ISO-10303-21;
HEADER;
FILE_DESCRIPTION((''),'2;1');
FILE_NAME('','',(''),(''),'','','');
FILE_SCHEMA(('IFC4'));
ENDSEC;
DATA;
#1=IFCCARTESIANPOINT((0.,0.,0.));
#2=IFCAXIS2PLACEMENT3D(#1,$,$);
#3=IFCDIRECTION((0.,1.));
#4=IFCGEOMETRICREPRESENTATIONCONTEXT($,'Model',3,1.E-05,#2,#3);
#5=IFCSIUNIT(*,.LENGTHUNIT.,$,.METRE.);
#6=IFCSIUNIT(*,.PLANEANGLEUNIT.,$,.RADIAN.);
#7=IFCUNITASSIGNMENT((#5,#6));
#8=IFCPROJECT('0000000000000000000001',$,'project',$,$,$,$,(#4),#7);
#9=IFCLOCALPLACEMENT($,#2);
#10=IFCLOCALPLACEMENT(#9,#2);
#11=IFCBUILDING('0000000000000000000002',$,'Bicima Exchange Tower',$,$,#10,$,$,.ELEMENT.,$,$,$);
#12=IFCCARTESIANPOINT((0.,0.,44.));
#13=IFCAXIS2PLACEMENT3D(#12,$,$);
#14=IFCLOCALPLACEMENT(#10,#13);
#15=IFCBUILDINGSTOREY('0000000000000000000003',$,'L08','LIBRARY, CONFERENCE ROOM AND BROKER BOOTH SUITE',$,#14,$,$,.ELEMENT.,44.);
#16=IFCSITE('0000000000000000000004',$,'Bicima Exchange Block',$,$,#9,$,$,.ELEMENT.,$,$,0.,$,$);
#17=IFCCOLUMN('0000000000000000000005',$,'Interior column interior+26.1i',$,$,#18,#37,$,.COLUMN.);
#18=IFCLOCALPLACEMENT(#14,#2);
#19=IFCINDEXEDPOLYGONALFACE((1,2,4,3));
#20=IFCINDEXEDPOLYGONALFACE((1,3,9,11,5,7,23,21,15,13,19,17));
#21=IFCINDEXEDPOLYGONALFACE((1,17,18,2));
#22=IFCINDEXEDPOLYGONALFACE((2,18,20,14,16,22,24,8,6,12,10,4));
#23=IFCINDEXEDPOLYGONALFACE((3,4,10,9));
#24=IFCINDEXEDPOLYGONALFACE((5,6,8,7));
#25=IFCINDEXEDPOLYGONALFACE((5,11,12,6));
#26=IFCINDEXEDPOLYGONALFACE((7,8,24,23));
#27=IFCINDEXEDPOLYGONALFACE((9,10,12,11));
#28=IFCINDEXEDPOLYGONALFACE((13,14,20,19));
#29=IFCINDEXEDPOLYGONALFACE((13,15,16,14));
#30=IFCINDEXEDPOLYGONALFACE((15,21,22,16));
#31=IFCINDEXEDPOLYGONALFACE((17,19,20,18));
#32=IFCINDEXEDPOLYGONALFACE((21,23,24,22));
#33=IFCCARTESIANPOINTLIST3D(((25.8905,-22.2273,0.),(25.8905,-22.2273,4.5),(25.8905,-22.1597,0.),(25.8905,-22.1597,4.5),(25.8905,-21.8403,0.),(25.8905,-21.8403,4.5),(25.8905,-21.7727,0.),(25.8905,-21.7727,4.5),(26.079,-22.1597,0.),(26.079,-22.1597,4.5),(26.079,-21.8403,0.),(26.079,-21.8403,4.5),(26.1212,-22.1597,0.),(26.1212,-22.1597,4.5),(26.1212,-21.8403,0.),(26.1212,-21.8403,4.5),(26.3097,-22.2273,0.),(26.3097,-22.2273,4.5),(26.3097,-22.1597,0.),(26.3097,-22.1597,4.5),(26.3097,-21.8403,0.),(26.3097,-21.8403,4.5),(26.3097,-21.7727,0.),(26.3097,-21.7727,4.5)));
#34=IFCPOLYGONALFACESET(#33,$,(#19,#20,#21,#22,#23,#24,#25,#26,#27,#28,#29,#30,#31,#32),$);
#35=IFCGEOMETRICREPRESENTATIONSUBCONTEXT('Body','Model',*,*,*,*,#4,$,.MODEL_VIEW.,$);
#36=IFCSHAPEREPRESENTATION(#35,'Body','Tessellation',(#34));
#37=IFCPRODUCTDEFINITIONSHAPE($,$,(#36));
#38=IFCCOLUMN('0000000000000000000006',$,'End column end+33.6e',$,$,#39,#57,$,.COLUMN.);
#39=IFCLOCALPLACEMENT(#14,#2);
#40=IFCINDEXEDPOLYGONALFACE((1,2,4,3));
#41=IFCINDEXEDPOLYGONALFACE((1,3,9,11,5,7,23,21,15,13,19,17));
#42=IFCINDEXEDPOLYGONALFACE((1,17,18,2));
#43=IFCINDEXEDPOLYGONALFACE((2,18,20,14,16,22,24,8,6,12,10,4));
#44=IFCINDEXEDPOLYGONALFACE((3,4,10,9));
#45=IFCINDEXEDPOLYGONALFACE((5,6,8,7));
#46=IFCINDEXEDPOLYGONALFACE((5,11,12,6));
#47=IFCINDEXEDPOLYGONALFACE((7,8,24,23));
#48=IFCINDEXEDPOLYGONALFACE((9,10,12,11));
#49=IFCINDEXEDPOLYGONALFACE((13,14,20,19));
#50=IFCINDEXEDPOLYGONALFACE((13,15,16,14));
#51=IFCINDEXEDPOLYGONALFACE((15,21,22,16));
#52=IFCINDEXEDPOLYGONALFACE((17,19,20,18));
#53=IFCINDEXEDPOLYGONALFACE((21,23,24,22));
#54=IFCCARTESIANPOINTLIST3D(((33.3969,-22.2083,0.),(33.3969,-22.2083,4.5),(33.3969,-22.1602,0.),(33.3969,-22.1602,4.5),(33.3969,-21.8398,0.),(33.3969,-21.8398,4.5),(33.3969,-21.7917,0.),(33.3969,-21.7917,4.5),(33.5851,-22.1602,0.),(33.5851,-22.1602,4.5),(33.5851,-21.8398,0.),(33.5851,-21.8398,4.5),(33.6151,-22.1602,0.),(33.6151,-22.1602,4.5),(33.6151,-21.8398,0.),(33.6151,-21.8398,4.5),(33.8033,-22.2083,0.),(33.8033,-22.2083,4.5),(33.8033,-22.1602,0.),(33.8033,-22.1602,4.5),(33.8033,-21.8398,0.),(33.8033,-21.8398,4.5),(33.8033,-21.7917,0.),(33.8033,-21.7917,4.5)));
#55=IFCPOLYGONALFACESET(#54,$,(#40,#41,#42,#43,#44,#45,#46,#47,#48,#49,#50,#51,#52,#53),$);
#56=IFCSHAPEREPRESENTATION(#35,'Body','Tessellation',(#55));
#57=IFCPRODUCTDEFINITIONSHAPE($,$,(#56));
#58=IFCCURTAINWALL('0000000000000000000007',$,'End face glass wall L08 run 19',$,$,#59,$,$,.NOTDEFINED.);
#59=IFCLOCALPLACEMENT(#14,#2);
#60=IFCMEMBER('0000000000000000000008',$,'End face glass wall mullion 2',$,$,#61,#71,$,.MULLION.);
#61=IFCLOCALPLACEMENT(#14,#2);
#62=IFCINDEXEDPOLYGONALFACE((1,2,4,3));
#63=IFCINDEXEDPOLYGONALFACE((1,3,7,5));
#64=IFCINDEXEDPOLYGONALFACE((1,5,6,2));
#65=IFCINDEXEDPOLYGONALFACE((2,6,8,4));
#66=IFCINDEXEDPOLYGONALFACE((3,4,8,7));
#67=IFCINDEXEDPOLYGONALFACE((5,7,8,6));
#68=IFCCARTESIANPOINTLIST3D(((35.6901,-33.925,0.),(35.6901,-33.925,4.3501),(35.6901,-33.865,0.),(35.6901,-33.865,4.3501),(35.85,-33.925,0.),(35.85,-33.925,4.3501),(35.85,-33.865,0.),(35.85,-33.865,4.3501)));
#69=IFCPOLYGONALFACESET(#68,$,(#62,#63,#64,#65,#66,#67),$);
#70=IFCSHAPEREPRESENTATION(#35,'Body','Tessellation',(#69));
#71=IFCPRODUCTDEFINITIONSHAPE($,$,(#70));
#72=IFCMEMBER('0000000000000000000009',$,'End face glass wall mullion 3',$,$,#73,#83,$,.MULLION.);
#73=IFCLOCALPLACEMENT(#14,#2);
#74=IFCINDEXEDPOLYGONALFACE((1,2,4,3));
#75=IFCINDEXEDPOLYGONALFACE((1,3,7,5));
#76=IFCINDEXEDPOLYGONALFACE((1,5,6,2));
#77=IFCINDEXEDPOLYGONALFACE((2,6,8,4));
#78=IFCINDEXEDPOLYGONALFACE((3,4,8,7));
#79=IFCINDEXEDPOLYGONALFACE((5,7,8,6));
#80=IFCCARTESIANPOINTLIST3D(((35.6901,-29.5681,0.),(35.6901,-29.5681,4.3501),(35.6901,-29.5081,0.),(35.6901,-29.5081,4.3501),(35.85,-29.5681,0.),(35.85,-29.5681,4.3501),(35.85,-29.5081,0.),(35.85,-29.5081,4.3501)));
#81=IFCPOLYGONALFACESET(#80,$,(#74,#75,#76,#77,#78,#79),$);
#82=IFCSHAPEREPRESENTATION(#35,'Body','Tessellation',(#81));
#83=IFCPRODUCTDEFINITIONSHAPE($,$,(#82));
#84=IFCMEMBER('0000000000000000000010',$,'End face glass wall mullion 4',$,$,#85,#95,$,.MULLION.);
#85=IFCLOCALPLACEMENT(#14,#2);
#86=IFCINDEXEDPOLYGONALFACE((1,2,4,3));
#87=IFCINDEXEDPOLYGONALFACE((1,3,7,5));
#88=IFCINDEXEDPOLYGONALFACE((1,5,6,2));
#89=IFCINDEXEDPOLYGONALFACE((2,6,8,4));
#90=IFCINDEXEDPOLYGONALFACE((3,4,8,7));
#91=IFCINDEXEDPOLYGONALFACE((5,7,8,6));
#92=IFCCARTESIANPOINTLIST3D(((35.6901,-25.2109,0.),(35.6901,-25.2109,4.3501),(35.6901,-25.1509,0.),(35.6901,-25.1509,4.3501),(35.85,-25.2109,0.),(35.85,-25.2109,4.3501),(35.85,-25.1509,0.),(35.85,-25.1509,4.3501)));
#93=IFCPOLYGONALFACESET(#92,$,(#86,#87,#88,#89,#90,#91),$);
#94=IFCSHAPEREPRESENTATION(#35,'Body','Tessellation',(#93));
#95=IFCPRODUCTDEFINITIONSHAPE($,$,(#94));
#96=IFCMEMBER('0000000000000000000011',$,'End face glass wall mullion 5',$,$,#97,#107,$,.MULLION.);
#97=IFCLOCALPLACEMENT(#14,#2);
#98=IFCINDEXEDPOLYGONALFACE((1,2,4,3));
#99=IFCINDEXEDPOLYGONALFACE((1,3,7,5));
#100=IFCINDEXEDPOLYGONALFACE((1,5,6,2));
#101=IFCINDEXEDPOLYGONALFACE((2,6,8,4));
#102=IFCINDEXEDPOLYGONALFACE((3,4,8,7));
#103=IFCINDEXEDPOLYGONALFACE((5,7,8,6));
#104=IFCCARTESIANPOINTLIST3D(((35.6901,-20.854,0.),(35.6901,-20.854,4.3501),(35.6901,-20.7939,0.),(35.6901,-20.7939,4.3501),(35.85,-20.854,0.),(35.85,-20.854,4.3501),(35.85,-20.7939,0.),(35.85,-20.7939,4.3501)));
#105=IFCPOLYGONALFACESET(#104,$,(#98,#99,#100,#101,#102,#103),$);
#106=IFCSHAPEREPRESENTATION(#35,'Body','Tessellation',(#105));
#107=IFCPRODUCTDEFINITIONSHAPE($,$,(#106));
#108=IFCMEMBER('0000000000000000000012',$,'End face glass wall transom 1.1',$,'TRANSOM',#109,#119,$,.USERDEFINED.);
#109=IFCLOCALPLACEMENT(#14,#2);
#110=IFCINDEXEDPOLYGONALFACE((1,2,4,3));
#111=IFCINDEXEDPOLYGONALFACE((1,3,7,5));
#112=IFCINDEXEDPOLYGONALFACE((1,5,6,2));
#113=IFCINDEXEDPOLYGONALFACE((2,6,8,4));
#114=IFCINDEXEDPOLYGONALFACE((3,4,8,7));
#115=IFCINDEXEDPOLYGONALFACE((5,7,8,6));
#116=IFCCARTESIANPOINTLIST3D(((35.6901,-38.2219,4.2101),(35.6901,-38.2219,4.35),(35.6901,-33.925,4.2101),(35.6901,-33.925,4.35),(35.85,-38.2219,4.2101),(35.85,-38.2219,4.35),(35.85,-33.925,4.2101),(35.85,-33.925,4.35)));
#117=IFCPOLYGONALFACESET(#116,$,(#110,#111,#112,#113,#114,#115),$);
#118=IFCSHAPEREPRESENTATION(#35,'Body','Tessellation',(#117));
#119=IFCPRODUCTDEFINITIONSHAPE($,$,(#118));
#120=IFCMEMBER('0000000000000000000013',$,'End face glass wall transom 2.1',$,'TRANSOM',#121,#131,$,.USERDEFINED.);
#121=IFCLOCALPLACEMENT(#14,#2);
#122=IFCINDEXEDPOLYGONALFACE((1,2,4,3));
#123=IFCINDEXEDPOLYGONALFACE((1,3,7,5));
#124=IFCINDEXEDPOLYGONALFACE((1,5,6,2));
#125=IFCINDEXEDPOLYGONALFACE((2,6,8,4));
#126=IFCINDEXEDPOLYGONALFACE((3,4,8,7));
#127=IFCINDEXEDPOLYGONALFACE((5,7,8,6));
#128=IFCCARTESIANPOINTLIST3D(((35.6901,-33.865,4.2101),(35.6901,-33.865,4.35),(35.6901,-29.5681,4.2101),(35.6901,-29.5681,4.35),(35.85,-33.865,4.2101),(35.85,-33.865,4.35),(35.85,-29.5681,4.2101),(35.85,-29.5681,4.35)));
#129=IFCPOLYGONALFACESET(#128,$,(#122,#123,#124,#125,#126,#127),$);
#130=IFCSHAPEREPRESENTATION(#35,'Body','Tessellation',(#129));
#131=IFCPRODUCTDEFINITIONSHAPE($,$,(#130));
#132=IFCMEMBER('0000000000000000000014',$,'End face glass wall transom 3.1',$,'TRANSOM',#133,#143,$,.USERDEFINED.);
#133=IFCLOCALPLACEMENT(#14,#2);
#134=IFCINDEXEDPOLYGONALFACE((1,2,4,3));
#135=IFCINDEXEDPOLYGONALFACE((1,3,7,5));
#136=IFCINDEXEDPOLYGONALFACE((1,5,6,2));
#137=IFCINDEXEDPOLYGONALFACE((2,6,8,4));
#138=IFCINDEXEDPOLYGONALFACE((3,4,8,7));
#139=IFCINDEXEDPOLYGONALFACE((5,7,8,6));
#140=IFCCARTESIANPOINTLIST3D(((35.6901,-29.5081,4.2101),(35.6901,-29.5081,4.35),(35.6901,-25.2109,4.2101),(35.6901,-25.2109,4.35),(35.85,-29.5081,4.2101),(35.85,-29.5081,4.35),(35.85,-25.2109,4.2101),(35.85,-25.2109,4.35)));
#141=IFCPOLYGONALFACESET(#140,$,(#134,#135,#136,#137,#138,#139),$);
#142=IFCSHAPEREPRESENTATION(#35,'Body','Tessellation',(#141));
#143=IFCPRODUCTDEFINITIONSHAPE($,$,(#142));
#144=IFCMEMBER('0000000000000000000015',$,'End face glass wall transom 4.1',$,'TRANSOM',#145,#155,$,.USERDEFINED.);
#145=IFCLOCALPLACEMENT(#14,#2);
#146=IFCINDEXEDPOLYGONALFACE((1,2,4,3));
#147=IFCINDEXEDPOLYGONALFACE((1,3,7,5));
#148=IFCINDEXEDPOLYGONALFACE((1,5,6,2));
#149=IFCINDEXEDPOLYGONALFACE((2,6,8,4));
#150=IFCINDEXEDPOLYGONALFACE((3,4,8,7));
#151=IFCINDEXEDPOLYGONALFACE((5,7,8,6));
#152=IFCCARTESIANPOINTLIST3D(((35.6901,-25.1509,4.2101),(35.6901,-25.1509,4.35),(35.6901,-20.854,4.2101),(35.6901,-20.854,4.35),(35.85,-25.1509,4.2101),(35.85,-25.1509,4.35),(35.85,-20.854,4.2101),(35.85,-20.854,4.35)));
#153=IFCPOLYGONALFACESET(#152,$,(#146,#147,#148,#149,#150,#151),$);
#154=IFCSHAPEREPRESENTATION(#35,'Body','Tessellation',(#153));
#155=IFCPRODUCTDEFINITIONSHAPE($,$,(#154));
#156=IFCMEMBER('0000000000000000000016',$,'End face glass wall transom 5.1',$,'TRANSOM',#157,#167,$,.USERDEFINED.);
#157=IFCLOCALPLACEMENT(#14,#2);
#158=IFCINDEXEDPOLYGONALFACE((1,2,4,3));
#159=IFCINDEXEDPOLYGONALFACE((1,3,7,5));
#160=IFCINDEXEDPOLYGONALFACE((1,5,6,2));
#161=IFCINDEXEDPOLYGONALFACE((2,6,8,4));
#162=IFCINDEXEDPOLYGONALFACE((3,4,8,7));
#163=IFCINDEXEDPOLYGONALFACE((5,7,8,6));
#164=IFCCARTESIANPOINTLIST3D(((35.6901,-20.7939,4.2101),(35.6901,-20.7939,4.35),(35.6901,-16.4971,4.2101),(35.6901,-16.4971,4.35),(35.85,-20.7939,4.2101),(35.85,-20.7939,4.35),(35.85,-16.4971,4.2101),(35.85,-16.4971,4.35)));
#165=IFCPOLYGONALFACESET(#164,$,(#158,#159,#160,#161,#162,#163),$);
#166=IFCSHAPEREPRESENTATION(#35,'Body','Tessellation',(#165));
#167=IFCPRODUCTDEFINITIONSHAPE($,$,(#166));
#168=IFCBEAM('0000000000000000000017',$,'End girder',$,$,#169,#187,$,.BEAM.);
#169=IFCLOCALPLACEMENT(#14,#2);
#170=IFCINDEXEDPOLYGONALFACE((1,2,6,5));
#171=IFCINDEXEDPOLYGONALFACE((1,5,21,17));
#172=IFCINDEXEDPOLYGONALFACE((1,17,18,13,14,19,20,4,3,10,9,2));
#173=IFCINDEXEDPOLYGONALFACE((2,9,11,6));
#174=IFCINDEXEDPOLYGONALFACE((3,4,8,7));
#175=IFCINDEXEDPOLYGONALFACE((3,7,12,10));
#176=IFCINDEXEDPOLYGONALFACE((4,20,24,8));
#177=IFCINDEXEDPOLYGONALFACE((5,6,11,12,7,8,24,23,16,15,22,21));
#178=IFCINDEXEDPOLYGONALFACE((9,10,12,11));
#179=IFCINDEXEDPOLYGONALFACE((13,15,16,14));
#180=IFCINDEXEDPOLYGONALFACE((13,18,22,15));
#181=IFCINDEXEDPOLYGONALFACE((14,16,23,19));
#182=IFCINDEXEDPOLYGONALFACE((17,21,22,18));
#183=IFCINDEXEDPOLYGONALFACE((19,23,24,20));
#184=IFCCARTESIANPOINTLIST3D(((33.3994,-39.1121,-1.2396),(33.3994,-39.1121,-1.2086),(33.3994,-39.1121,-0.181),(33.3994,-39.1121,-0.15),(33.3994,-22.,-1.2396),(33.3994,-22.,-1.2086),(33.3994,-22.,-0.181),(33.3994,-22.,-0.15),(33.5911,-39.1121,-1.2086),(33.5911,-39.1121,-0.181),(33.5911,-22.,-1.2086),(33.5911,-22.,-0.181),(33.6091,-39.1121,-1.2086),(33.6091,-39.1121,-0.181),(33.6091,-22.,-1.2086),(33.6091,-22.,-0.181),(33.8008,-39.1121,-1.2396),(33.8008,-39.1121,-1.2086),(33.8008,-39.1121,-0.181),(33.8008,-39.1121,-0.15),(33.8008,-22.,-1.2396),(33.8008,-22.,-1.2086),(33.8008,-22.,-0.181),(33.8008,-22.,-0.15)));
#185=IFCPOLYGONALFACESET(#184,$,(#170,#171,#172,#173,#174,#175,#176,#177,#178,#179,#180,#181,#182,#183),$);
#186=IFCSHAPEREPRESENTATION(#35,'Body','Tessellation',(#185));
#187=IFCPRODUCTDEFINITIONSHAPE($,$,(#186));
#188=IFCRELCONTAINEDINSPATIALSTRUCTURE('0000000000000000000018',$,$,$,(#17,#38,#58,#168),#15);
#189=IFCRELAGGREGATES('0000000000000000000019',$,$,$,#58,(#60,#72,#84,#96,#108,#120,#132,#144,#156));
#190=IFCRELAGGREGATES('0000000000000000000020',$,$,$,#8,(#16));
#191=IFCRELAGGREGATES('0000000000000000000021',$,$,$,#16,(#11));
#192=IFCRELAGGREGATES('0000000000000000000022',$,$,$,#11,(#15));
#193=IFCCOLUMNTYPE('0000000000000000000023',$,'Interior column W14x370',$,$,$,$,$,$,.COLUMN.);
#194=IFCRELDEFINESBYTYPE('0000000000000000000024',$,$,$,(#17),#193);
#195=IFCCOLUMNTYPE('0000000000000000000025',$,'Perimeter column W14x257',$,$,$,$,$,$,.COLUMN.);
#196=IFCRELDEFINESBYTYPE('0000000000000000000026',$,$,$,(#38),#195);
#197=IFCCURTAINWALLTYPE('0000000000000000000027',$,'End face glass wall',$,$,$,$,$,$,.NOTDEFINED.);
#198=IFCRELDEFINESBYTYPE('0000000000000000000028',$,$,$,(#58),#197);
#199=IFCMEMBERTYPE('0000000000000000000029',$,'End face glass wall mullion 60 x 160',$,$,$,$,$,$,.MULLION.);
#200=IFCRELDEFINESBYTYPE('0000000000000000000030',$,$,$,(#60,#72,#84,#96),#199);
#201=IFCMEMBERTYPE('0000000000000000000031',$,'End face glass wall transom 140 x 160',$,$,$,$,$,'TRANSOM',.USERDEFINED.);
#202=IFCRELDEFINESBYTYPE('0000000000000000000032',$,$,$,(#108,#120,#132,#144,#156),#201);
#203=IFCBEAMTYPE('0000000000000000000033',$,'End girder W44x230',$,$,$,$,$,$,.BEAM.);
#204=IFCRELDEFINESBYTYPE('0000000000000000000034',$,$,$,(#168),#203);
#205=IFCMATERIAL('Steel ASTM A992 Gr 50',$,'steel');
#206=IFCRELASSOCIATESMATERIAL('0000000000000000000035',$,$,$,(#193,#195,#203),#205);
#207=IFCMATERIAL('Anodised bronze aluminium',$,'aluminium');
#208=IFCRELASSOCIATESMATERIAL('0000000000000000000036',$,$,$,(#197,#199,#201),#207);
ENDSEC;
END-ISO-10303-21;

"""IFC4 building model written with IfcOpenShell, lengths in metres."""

from ifc_helpers import new_model, si_unit, direction, frame, origin, origin_2d, place, context, subcontext, project, spatial, rectangle, i_section, extrude, material, material_profile, profile_set, type_object, element, aggregate, save


model = new_model("IFC4")

# Units and contexts
model_context = context("Model", 3, precision=1e-05, world=origin(), true_north=direction((0.0, 1.0)))
body_context = subcontext(model_context, "Body", "Model", "MODEL_VIEW")
ifc_project = project(units=[si_unit("LENGTHUNIT", "METRE"), si_unit("PLANEANGLEUNIT", "RADIAN")], contexts=[model_context])

# Site, building, storey
site_placement = place(None, origin())
site = spatial("IfcSite", under=ifc_project, at=site_placement, Name="Bicima Exchange Block", CompositionType="ELEMENT", RefElevation=0.0)
building_placement = place(site_placement, origin())
building = spatial("IfcBuilding", under=site, at=building_placement, Name="Bicima Exchange Tower", CompositionType="ELEMENT")
storey_placement = place(building_placement, frame((0.0, 0.0, 44.0)))
storey = spatial("IfcBuildingStorey", under=building, at=storey_placement, Name="L08", Description="LIBRARY, CONFERENCE ROOM AND BROKER BOOTH SUITE", CompositionType="ELEMENT", Elevation=44.0)

# Columns
ifc_material_1 = material(Name="Steel ASTM A992 Gr 50", Category="steel")
ifc_material_profile_1 = material_profile(ifc_material_1, i_section(OverallWidth=0.4192, OverallDepth=0.4546, WebThickness=0.0422, FlangeThickness=0.0676, at=origin_2d()))
ifc_profile_set_1 = profile_set([ifc_material_profile_1], Name="Steel ASTM A992 Gr 50")
column_type_1 = type_object("IfcColumnType", Name="Interior column W14x370", PredefinedType="COLUMN", material=ifc_profile_set_1)
column_1_placement = place(storey_placement, frame((26.1001, -22.0, 0.0), z_axis=(0.0, 0.0, 1.0), x_axis=(1.0, 0.0, 0.0)))
element("IfcColumn", 1, at=column_1_placement, inside=storey, type_object=column_type_1, Name="Interior column interior+26.1i", PredefinedType="COLUMN", context=body_context, shape_type="SweptSolid", body=[
    extrude(i_section(OverallWidth=0.4192, OverallDepth=0.4546, WebThickness=0.0422, FlangeThickness=0.0676, at=origin_2d()), origin(), (0.0, 0.0, 1.0), 4.5),
])
ifc_material_profile_2 = material_profile(ifc_material_1, i_section(OverallWidth=0.4065, OverallDepth=0.4165, WebThickness=0.03, FlangeThickness=0.0481, at=origin_2d()))
ifc_profile_set_2 = profile_set([ifc_material_profile_2], Name="Steel ASTM A992 Gr 50")
column_type_2 = type_object("IfcColumnType", Name="Perimeter column W14x257", PredefinedType="COLUMN", material=ifc_profile_set_2)
column_2_placement = place(storey_placement, frame((33.6001, -22.0, 0.0), z_axis=(0.0, 0.0, 1.0), x_axis=(1.0, 0.0, 0.0)))
element("IfcColumn", 2, at=column_2_placement, inside=storey, type_object=column_type_2, Name="End column end+33.6e", PredefinedType="COLUMN", context=body_context, shape_type="SweptSolid", body=[
    extrude(i_section(OverallWidth=0.4065, OverallDepth=0.4165, WebThickness=0.03, FlangeThickness=0.0481, at=origin_2d()), origin(), (0.0, 0.0, 1.0), 4.5),
])

# Curtain wall, members
ifc_material_2 = material(Name="Anodised bronze aluminium", Category="aluminium")
curtain_wall_type = type_object("IfcCurtainWallType", Name="End face glass wall", PredefinedType="NOTDEFINED", material=ifc_material_2)
curtain_wall_placement = place(storey_placement, origin())
curtain_wall = element("IfcCurtainWall", 3, at=curtain_wall_placement, inside=storey, type_object=curtain_wall_type, Name="End face glass wall L08 run 19", PredefinedType="NOTDEFINED")
ifc_material_profile_3 = material_profile(ifc_material_2, rectangle(XDim=0.1599, YDim=0.0601, at=origin_2d()))
ifc_profile_set_3 = profile_set([ifc_material_profile_3], Name="Anodised bronze aluminium")
member_type_1 = type_object("IfcMemberType", Name="End face glass wall mullion 60 x 160", PredefinedType="MULLION", material=ifc_profile_set_3)
member_1_placement = place(storey_placement, frame((35.77, -33.895, 0.0), z_axis=(0.0, 0.0, 1.0), x_axis=(-1.0, 0.0, 0.0)))
member_1 = element("IfcMember", 4, at=member_1_placement, type_object=member_type_1, Name="End face glass wall mullion 2", PredefinedType="MULLION", context=body_context, shape_type="SweptSolid", body=[
    extrude(rectangle(XDim=0.1599, YDim=0.0601, at=origin_2d()), origin(), (0.0, 0.0, 1.0), 4.3501),
])
member_2_placement = place(storey_placement, frame((35.77, -29.5381, 0.0), z_axis=(0.0, 0.0, 1.0), x_axis=(-1.0, 0.0, 0.0)))
member_2 = element("IfcMember", 5, at=member_2_placement, type_object=member_type_1, Name="End face glass wall mullion 3", PredefinedType="MULLION", context=body_context, shape_type="SweptSolid", body=[
    extrude(rectangle(XDim=0.1599, YDim=0.0601, at=origin_2d()), origin(), (0.0, 0.0, 1.0), 4.3501),
])
member_3_placement = place(storey_placement, frame((35.77, -25.1809, 0.0), z_axis=(0.0, 0.0, 1.0), x_axis=(-1.0, 0.0, 0.0)))
member_3 = element("IfcMember", 6, at=member_3_placement, type_object=member_type_1, Name="End face glass wall mullion 4", PredefinedType="MULLION", context=body_context, shape_type="SweptSolid", body=[
    extrude(rectangle(XDim=0.1599, YDim=0.0601, at=origin_2d()), origin(), (0.0, 0.0, 1.0), 4.3501),
])
member_4_placement = place(storey_placement, frame((35.77, -20.824, 0.0), z_axis=(0.0, 0.0, 1.0), x_axis=(-1.0, 0.0, 0.0)))
member_4 = element("IfcMember", 7, at=member_4_placement, type_object=member_type_1, Name="End face glass wall mullion 5", PredefinedType="MULLION", context=body_context, shape_type="SweptSolid", body=[
    extrude(rectangle(XDim=0.1599, YDim=0.0601, at=origin_2d()), origin(), (0.0, 0.0, 1.0), 4.3501),
])
ifc_material_profile_4 = material_profile(ifc_material_2, rectangle(XDim=0.1599, YDim=0.1399, at=origin_2d()))
ifc_profile_set_4 = profile_set([ifc_material_profile_4], Name="Anodised bronze aluminium")
member_type_2 = type_object("IfcMemberType", Name="End face glass wall transom 140 x 160", ElementType="TRANSOM", PredefinedType="USERDEFINED", material=ifc_profile_set_4)
member_5_placement = place(storey_placement, frame((35.77, -38.2219, 4.28), z_axis=(0.0, 1.0, 0.0), x_axis=(-1.0, 0.0, 0.0)))
member_5 = element("IfcMember", 8, at=member_5_placement, type_object=member_type_2, Name="End face glass wall transom 1.1", ObjectType="TRANSOM", PredefinedType="USERDEFINED", context=body_context, shape_type="SweptSolid", body=[
    extrude(rectangle(XDim=0.1599, YDim=0.1399, at=origin_2d()), origin(), (0.0, 0.0, 1.0), 4.2969),
])
member_6_placement = place(storey_placement, frame((35.77, -33.865, 4.28), z_axis=(0.0, 1.0, 0.0), x_axis=(-1.0, 0.0, 0.0)))
member_6 = element("IfcMember", 9, at=member_6_placement, type_object=member_type_2, Name="End face glass wall transom 2.1", ObjectType="TRANSOM", PredefinedType="USERDEFINED", context=body_context, shape_type="SweptSolid", body=[
    extrude(rectangle(XDim=0.1599, YDim=0.1399, at=origin_2d()), origin(), (0.0, 0.0, 1.0), 4.2969),
])
member_7_placement = place(storey_placement, frame((35.77, -29.5081, 4.28), z_axis=(0.0, 1.0, 0.0), x_axis=(-1.0, 0.0, 0.0)))
member_7 = element("IfcMember", 10, at=member_7_placement, type_object=member_type_2, Name="End face glass wall transom 3.1", ObjectType="TRANSOM", PredefinedType="USERDEFINED", context=body_context, shape_type="SweptSolid", body=[
    extrude(rectangle(XDim=0.1599, YDim=0.1399, at=origin_2d()), origin(), (0.0, 0.0, 1.0), 4.2971),
])
member_8_placement = place(storey_placement, frame((35.77, -25.1509, 4.28), z_axis=(0.0, 1.0, 0.0), x_axis=(-1.0, 0.0, 0.0)))
member_8 = element("IfcMember", 11, at=member_8_placement, type_object=member_type_2, Name="End face glass wall transom 4.1", ObjectType="TRANSOM", PredefinedType="USERDEFINED", context=body_context, shape_type="SweptSolid", body=[
    extrude(rectangle(XDim=0.1599, YDim=0.1399, at=origin_2d()), origin(), (0.0, 0.0, 1.0), 4.2969),
])
member_9_placement = place(storey_placement, frame((35.77, -20.7939, 4.28), z_axis=(0.0, 1.0, 0.0), x_axis=(-1.0, 0.0, 0.0)))
member_9 = element("IfcMember", 12, at=member_9_placement, type_object=member_type_2, Name="End face glass wall transom 5.1", ObjectType="TRANSOM", PredefinedType="USERDEFINED", context=body_context, shape_type="SweptSolid", body=[
    extrude(rectangle(XDim=0.1599, YDim=0.1399, at=origin_2d()), origin(), (0.0, 0.0, 1.0), 4.2969),
])

# Beam
ifc_material_profile_5 = material_profile(ifc_material_1, i_section(OverallWidth=0.4014, OverallDepth=1.0896, WebThickness=0.0181, FlangeThickness=0.031, at=origin_2d()))
ifc_profile_set_5 = profile_set([ifc_material_profile_5], Name="Steel ASTM A992 Gr 50")
beam_type_1 = type_object("IfcBeamType", Name="End girder W44x230", PredefinedType="BEAM", material=ifc_profile_set_5)
beam_1_placement = place(storey_placement, frame((33.6001, -22.0, -0.6948), z_axis=(0.0, -1.0, 0.0), x_axis=(1.0, 0.0, 0.0)))
element("IfcBeam", 13, at=beam_1_placement, inside=storey, type_object=beam_type_1, Name="End girder", PredefinedType="BEAM", context=body_context, shape_type="SweptSolid", body=[
    extrude(i_section(OverallWidth=0.4014, OverallDepth=1.0896, WebThickness=0.0181, FlangeThickness=0.031, at=origin_2d()), origin(), (0.0, 0.0, 1.0), 17.1121),
])

aggregate(curtain_wall, [member_1, member_2, member_3, member_4, member_5, member_6, member_7, member_8, member_9])

save(model, "model.ifc")
